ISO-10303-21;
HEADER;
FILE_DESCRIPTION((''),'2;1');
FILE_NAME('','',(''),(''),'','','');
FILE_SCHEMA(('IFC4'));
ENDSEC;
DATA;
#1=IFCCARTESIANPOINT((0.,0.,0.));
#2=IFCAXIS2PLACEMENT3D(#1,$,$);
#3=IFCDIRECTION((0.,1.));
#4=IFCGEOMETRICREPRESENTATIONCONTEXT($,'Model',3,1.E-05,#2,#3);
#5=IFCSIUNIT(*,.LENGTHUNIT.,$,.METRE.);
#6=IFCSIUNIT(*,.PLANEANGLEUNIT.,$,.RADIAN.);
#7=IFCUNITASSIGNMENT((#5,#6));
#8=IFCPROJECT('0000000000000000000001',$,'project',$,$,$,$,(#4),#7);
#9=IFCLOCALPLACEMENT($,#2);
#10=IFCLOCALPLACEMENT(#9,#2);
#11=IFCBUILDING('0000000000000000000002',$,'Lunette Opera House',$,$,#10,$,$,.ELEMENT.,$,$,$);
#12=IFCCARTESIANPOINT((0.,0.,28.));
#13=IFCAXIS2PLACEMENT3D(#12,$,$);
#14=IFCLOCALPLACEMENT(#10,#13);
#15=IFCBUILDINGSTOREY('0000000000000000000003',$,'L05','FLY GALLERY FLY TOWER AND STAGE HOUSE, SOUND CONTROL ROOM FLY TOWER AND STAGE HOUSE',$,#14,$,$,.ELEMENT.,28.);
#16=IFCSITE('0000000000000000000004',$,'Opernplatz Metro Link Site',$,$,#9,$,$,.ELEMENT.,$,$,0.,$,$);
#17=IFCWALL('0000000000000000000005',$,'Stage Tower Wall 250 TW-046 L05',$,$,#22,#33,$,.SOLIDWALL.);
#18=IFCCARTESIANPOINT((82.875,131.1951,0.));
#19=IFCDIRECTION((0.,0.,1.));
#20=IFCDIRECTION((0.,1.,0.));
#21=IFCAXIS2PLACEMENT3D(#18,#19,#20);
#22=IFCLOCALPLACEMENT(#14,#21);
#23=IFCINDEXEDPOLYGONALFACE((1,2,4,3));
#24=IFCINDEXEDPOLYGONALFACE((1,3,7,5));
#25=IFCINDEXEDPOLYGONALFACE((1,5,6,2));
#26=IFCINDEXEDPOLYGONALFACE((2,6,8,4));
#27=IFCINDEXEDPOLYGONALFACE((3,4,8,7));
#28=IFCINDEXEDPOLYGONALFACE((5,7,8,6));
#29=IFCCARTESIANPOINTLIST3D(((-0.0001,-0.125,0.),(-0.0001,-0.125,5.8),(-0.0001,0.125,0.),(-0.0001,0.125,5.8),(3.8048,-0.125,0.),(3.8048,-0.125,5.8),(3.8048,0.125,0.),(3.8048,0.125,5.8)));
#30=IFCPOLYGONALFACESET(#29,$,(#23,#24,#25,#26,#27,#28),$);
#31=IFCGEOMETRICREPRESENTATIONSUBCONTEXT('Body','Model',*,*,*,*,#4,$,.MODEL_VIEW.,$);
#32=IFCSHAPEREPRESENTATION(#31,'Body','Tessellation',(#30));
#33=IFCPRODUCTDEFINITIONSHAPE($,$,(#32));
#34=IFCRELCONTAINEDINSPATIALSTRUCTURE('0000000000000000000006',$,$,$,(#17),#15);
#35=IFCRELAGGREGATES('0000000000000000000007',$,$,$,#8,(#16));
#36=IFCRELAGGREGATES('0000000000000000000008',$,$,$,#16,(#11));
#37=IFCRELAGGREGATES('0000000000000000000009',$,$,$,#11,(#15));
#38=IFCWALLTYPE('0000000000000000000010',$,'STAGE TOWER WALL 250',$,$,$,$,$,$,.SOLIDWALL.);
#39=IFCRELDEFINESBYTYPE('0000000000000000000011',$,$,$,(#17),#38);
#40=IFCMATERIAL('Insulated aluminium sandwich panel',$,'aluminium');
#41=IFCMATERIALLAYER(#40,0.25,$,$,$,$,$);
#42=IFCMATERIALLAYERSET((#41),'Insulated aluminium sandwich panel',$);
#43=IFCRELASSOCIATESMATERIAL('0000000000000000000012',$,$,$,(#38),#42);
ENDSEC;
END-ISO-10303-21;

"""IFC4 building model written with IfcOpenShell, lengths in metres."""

from ifc_helpers import new_model, si_unit, direction, frame, frame_2d, origin, place, context, subcontext, project, spatial, rectangle, extrude, material, layer, layer_set, type_object, element, save


model = new_model("IFC4")

# Units and contexts
model_context = context("Model", 3, precision=1e-05, world=origin(), true_north=direction((0.0, 1.0)))
body_context = subcontext(model_context, "Body", "Model", "MODEL_VIEW")
ifc_project = project(units=[si_unit("LENGTHUNIT", "METRE"), si_unit("PLANEANGLEUNIT", "RADIAN")], contexts=[model_context])

# Site, building, storey
site_placement = place(None, origin())
site = spatial("IfcSite", under=ifc_project, at=site_placement, Name="Opernplatz Metro Link Site", CompositionType="ELEMENT", RefElevation=0.0)
building_placement = place(site_placement, origin())
building = spatial("IfcBuilding", under=site, at=building_placement, Name="Lunette Opera House", CompositionType="ELEMENT")
storey_placement = place(building_placement, frame((0.0, 0.0, 28.0)))
storey = spatial("IfcBuildingStorey", under=building, at=storey_placement, Name="L05", Description="FLY GALLERY FLY TOWER AND STAGE HOUSE, SOUND CONTROL ROOM FLY TOWER AND STAGE HOUSE", CompositionType="ELEMENT", Elevation=28.0)

# Shared definitions
ifc_material_1 = material(Name="Insulated aluminium sandwich panel", Category="aluminium")
ifc_layer_1 = layer(ifc_material_1, 0.25)
ifc_layer_set_1 = layer_set([ifc_layer_1], Name="Insulated aluminium sandwich panel")
wall_type_1 = type_object("IfcWallType", Name="STAGE TOWER WALL 250", PredefinedType="SOLIDWALL", material=ifc_layer_set_1)

# Wall
wall_1_placement = place(storey_placement, frame((82.875, 131.1951, 0.0), z_axis=(0.0, 0.0, 1.0), x_axis=(0.0, 1.0, 0.0)))
element("IfcWall", 1, at=wall_1_placement, inside=storey, type_object=wall_type_1, Name="Stage Tower Wall 250 TW-046 L05", PredefinedType="SOLIDWALL", context=body_context, shape_type="SweptSolid", body=[
    extrude(rectangle(XDim=3.8049, YDim=0.25, at=frame_2d((1.9023, 0.0))), origin(), (0.0, 0.0, 1.0), 5.8),
])

save(model, "model.ifc")
